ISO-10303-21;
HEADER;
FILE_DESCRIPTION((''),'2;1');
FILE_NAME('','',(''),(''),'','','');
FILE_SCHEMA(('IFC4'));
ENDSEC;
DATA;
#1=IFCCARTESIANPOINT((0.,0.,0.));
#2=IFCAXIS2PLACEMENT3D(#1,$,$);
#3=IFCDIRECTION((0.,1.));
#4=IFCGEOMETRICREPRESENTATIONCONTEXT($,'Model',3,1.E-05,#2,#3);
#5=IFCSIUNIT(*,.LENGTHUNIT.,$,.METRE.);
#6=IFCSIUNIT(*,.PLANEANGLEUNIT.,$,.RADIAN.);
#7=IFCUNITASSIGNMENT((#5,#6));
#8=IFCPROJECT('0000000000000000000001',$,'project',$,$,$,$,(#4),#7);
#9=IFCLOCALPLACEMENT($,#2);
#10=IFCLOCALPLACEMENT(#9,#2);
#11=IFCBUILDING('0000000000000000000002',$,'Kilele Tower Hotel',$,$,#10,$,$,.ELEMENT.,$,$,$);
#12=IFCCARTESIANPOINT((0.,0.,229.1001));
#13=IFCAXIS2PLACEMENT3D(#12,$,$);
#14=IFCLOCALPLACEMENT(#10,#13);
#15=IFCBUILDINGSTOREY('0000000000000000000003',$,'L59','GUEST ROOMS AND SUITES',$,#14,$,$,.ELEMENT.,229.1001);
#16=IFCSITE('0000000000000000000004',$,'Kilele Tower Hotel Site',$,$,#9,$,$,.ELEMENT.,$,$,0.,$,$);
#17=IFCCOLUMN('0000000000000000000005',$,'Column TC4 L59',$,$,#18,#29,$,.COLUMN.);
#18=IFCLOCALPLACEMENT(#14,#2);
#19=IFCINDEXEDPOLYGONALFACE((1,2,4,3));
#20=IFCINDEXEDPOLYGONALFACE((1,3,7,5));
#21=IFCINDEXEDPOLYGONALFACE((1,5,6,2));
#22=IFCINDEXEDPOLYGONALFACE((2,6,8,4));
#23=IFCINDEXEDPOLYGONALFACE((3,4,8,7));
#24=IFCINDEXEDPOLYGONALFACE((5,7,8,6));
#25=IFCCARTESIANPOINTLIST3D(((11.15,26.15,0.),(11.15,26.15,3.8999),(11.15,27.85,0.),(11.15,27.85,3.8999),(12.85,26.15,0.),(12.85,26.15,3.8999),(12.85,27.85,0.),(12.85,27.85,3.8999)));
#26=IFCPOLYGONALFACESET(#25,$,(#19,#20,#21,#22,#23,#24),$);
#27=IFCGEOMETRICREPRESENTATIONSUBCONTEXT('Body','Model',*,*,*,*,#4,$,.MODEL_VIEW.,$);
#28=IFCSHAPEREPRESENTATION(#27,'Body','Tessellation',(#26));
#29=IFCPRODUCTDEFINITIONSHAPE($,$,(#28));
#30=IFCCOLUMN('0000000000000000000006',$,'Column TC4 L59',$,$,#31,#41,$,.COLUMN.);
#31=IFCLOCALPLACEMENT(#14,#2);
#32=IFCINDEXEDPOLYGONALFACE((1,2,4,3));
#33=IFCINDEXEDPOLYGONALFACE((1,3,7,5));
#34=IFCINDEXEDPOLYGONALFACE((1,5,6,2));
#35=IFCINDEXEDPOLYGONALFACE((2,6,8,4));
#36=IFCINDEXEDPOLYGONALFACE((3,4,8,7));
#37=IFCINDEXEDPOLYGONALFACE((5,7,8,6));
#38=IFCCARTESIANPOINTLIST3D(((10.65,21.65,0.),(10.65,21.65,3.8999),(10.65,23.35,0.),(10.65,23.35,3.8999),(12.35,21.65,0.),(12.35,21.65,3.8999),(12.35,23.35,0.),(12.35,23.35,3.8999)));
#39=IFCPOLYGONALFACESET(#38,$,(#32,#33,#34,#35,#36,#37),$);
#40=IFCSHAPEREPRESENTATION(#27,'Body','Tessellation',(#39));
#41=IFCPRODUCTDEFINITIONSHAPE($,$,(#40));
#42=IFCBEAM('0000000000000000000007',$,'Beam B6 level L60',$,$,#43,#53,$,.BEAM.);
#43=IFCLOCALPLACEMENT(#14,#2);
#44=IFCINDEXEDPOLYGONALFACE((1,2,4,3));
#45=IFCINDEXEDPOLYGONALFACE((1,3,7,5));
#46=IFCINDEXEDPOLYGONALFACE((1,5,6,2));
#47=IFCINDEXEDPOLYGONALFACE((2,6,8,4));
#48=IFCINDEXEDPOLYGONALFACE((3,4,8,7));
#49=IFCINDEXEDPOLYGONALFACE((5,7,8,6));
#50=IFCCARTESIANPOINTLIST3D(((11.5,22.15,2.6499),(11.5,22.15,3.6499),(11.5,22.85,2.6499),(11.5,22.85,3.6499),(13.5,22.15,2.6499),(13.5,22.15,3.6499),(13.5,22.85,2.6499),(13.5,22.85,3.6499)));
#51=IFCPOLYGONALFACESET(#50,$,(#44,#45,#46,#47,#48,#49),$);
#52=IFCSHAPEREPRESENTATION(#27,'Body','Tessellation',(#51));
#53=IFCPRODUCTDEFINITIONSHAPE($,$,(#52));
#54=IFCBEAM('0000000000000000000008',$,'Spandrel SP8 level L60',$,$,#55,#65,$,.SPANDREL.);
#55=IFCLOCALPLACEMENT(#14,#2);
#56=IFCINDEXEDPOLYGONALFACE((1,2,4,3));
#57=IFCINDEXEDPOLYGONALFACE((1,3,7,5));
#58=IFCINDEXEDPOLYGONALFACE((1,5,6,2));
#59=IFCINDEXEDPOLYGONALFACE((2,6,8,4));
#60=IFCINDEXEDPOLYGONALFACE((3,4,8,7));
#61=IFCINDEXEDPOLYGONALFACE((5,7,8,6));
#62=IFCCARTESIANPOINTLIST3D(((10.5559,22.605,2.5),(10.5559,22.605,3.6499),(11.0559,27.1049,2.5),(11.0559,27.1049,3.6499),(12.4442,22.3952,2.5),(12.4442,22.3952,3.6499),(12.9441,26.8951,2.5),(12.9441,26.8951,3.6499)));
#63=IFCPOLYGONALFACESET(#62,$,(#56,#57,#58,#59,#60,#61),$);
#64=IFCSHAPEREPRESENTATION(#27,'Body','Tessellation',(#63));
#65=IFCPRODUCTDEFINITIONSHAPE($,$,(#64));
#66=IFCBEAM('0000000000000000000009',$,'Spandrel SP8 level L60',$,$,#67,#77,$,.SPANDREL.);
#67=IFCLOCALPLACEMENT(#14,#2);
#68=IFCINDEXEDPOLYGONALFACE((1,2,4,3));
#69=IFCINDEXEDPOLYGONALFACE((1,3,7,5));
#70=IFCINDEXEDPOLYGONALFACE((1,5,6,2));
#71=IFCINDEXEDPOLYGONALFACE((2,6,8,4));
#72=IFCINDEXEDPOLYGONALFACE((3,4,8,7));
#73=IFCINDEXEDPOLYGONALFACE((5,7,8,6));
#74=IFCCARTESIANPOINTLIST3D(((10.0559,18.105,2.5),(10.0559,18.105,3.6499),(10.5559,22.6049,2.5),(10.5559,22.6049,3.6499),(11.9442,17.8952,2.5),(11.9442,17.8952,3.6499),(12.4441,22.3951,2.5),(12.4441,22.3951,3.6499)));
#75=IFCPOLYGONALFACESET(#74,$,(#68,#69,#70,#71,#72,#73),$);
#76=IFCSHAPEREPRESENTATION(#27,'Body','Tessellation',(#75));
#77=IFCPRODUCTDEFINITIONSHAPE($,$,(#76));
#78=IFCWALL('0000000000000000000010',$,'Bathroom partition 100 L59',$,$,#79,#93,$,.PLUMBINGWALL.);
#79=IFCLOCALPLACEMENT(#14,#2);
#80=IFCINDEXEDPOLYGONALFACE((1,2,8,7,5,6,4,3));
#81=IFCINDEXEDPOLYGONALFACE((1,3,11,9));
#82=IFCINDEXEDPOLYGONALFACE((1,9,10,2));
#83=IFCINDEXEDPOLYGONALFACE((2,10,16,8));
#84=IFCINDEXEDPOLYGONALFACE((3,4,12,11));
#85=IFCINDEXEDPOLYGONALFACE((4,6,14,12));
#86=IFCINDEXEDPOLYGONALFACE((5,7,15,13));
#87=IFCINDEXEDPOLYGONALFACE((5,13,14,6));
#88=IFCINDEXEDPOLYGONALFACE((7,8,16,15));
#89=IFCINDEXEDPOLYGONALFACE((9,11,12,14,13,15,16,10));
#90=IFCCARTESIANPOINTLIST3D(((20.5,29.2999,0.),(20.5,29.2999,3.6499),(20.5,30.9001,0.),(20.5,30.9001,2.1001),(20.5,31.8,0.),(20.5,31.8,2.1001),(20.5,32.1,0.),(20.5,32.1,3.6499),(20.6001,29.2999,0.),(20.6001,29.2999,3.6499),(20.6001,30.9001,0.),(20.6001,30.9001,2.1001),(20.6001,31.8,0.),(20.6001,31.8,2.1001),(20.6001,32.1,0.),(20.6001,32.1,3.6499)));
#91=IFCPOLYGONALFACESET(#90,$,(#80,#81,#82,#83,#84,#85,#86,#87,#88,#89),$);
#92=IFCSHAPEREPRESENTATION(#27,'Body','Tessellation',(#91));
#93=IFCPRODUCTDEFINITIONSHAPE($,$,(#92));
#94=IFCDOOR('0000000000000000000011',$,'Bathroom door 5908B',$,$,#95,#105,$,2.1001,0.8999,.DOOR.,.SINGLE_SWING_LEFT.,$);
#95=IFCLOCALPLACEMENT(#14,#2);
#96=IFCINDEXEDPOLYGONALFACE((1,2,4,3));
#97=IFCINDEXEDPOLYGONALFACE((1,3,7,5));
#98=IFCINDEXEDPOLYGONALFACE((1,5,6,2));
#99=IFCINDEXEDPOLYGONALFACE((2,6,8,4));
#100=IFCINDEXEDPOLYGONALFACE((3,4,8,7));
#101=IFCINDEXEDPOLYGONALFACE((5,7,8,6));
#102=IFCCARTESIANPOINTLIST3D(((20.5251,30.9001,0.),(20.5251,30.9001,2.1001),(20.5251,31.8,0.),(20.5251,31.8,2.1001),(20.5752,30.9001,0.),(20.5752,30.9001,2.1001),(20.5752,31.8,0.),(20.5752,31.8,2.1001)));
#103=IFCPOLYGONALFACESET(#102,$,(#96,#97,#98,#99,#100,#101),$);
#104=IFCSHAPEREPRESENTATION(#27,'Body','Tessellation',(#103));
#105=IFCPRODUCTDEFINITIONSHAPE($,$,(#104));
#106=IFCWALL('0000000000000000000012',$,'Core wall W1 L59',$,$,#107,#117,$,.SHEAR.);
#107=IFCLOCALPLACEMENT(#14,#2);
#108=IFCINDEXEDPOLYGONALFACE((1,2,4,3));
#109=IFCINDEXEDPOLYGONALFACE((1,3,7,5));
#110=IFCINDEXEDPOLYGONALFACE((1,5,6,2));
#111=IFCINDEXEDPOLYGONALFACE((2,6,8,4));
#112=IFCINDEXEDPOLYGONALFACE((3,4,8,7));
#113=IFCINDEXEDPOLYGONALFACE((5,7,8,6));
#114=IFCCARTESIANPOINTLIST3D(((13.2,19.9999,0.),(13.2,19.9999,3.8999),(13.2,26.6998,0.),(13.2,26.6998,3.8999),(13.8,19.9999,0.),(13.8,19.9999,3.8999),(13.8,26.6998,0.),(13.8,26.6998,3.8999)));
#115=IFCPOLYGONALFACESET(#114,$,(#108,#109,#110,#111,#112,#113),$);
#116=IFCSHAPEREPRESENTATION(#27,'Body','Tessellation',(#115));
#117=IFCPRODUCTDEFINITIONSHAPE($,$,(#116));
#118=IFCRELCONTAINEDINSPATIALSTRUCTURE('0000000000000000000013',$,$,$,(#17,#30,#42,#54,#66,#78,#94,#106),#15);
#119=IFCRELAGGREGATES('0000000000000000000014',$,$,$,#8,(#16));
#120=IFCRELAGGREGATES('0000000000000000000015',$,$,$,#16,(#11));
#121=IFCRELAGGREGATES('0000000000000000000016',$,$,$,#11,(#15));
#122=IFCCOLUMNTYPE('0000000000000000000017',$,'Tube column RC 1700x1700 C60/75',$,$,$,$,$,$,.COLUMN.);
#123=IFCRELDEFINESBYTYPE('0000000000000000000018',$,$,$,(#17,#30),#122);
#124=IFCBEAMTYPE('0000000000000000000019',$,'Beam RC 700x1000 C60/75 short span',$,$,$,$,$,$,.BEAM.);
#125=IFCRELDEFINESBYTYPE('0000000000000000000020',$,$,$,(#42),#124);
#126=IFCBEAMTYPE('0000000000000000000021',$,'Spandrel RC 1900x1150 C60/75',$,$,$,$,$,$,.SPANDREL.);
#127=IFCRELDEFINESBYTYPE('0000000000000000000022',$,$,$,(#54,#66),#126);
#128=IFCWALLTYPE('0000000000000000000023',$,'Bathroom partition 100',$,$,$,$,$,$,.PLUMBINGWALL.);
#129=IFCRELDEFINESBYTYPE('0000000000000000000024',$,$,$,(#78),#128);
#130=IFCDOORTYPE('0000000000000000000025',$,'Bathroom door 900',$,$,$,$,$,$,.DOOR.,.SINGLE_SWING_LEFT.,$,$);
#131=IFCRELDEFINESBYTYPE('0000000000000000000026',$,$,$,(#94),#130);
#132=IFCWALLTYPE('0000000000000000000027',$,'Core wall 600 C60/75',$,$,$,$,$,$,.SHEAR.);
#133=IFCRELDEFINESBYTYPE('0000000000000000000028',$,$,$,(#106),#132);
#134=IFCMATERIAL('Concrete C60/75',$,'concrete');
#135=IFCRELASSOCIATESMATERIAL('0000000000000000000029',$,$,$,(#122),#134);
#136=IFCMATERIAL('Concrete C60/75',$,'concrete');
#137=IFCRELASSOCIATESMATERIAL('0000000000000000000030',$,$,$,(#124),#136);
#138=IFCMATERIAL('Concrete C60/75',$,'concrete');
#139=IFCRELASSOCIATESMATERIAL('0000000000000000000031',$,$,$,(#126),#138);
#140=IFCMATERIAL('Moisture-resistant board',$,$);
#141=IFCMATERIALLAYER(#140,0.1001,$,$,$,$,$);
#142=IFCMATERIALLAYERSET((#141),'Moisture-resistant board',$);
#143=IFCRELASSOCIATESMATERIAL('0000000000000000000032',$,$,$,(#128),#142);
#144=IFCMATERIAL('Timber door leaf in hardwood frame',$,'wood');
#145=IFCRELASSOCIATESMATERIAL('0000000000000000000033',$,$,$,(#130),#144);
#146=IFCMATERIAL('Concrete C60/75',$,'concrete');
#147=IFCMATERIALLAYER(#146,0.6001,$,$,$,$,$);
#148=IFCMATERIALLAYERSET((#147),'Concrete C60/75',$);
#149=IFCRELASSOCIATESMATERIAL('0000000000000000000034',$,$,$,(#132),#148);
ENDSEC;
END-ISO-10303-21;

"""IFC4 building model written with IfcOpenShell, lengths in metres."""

from ifc_helpers import new_model, si_unit, direction, frame, frame_2d, origin, origin_2d, place, context, subcontext, project, spatial, rectangle, extrude, material, layer, layer_set, material_profile, profile_set, type_object, element, fill, save


model = new_model("IFC4")

# Units and contexts
model_context = context("Model", 3, precision=1e-05, world=origin(), true_north=direction((0.0, 1.0)))
body_context = subcontext(model_context, "Body", "Model", "MODEL_VIEW")
ifc_project = project(units=[si_unit("LENGTHUNIT", "METRE"), si_unit("PLANEANGLEUNIT", "RADIAN")], contexts=[model_context])

# Site, building, storey
site_placement = place(None, origin())
site = spatial("IfcSite", under=ifc_project, at=site_placement, Name="Kilele Tower Hotel Site", CompositionType="ELEMENT", RefElevation=0.0)
building_placement = place(site_placement, origin())
building = spatial("IfcBuilding", under=site, at=building_placement, Name="Kilele Tower Hotel", CompositionType="ELEMENT")
storey_placement = place(building_placement, frame((0.0, 0.0, 229.1001)))
storey = spatial("IfcBuildingStorey", under=building, at=storey_placement, Name="L59", Description="GUEST ROOMS AND SUITES", CompositionType="ELEMENT", Elevation=229.1001)

# Columns
ifc_material_1 = material(Name="Concrete C60/75", Category="concrete")
ifc_material_profile_1 = material_profile(ifc_material_1, rectangle(XDim=1.7, YDim=1.7, at=origin_2d()))
ifc_profile_set_1 = profile_set([ifc_material_profile_1], Name="Concrete C60/75")
column_type = type_object("IfcColumnType", Name="Tube column RC 1700x1700 C60/75", PredefinedType="COLUMN", material=ifc_profile_set_1)
for number, where, z_axis, x_axis, name in (
    (1, (12.0, 27.0, 0.0), (0.0, 0.0, 1.0), (1.0, 0.0, 0.0), "Column TC4 L59"),
    (2, (11.5, 22.5, 0.0), (0.0, 0.0, 1.0), (1.0, 0.0, 0.0), "Column TC4 L59"),
):
    element("IfcColumn", number, at=place(storey_placement, frame(where, z_axis=z_axis, x_axis=x_axis)), inside=storey, type_object=column_type, Name=name, PredefinedType="COLUMN", context=body_context, shape_type="SweptSolid", body=[
        extrude(rectangle(XDim=1.7, YDim=1.7, at=origin_2d()), origin(), (0.0, 0.0, 1.0), 3.8999),
    ])

# Beams
ifc_material_2 = material(Name="Concrete C60/75", Category="concrete")
ifc_material_profile_2 = material_profile(ifc_material_2, rectangle(XDim=0.7, YDim=1.0, at=origin_2d()))
ifc_profile_set_2 = profile_set([ifc_material_profile_2], Name="Concrete C60/75")
beam_type_1 = type_object("IfcBeamType", Name="Beam RC 700x1000 C60/75 short span", PredefinedType="BEAM", material=ifc_profile_set_2)
beam_placement = place(storey_placement, frame((11.5, 22.5, 3.1499), z_axis=(1.0, 0.0, 0.0), x_axis=(0.0, 1.0, 0.0)))
element("IfcBeam", 3, at=beam_placement, inside=storey, type_object=beam_type_1, Name="Beam B6 level L60", PredefinedType="BEAM", context=body_context, shape_type="SweptSolid", body=[
    extrude(rectangle(XDim=0.7, YDim=1.0, at=origin_2d()), origin(), (0.0, 0.0, 1.0), 2.0),
])
ifc_material_3 = material(Name="Concrete C60/75", Category="concrete")
ifc_material_profile_3 = material_profile(ifc_material_3, rectangle(XDim=1.8999, YDim=1.1499, at=origin_2d()))
ifc_profile_set_3 = profile_set([ifc_material_profile_3], Name="Concrete C60/75")
beam_type_2 = type_object("IfcBeamType", Name="Spandrel RC 1900x1150 C60/75", PredefinedType="SPANDREL", material=ifc_profile_set_3)
for number, where, z_axis, x_axis, name in (
    (4, (12.0, 27.0, 3.075), (-0.110432, -0.993884, 0.0), (0.993884, -0.110432, 0.0), "Spandrel SP8 level L60"),
    (5, (11.5, 22.5, 3.075), (-0.110432, -0.993884, 0.0), (0.993884, -0.110432, 0.0), "Spandrel SP8 level L60"),
):
    element("IfcBeam", number, at=place(storey_placement, frame(where, z_axis=z_axis, x_axis=x_axis)), inside=storey, type_object=beam_type_2, Name=name, PredefinedType="SPANDREL", context=body_context, shape_type="SweptSolid", body=[
        extrude(rectangle(XDim=1.8999, YDim=1.1499, at=origin_2d()), origin(), (0.0, 0.0, 1.0), 4.5276),
    ])

# Wall, opening, door
ifc_material_4 = material(Name="Moisture-resistant board")
ifc_layer_1 = layer(ifc_material_4, 0.1001)
ifc_layer_set_1 = layer_set([ifc_layer_1], Name="Moisture-resistant board")
wall_type_1 = type_object("IfcWallType", Name="Bathroom partition 100", PredefinedType="PLUMBINGWALL", material=ifc_layer_set_1)
wall_1_placement = place(storey_placement, frame((20.55, 29.3, 0.0), z_axis=(0.0, 0.0, 1.0), x_axis=(0.0, 1.0, 0.0)))
wall_1 = element("IfcWall", 6, at=wall_1_placement, inside=storey, type_object=wall_type_1, Name="Bathroom partition 100 L59", PredefinedType="PLUMBINGWALL", context=body_context, shape_type="SweptSolid", body=[
    extrude(rectangle(XDim=2.8, YDim=0.1001, at=frame_2d((1.3999, 0.0))), origin(), (0.0, 0.0, 1.0), 3.6499),
])
opening_1_placement = place(wall_1_placement, frame((1.6001, 0.0, 0.0)))
opening_1 = element("IfcOpeningElement", 7, at=opening_1_placement, cuts=wall_1, PredefinedType="OPENING", context=body_context, shape_type="SweptSolid", body=[
    extrude(rectangle(XDim=0.8999, YDim=2.1001, at=frame_2d((0.45, 1.05))), frame((0.0, 0.0601, 0.0), z_axis=(0.0, -1.0, 0.0), x_axis=(1.0, 0.0, 0.0)), (0.0, 0.0, 1.0), 0.1201),
])
ifc_material_5 = material(Name="Timber door leaf in hardwood frame", Category="wood")
door_type_1 = type_object("IfcDoorType", Name="Bathroom door 900", OperationType="SINGLE_SWING_LEFT", PredefinedType="DOOR", material=ifc_material_5)
door_1_placement = place(opening_1_placement, origin())
door_1 = element("IfcDoor", 8, at=door_1_placement, inside=storey, type_object=door_type_1, Name="Bathroom door 5908B", OperationType="SINGLE_SWING_LEFT", OverallHeight=2.1001, OverallWidth=0.8999, PredefinedType="DOOR", context=body_context, shape_type="SweptSolid", body=[
    extrude(rectangle(XDim=0.8999, YDim=2.1001, at=frame_2d((0.45, 1.05))), frame((0.0, 0.0249, 0.0), z_axis=(0.0, -1.0, 0.0), x_axis=(1.0, 0.0, 0.0)), (0.0, 0.0, 1.0), 0.05),
])
fill(opening_1, door_1)

# Wall
ifc_material_6 = material(Name="Concrete C60/75", Category="concrete")
ifc_layer_2 = layer(ifc_material_6, 0.6001)
ifc_layer_set_2 = layer_set([ifc_layer_2], Name="Concrete C60/75")
wall_type_2 = type_object("IfcWallType", Name="Core wall 600 C60/75", PredefinedType="SHEAR", material=ifc_layer_set_2)
wall_2_placement = place(storey_placement, frame((13.5, 26.7, 0.0), z_axis=(0.0, 0.0, 1.0), x_axis=(0.0, -1.0, 0.0)))
element("IfcWall", 9, at=wall_2_placement, inside=storey, type_object=wall_type_2, Name="Core wall W1 L59", PredefinedType="SHEAR", context=body_context, shape_type="SweptSolid", body=[
    extrude(rectangle(XDim=6.7, YDim=0.6001, at=frame_2d((3.3501, 0.0))), origin(), (0.0, 0.0, 1.0), 3.8999),
])

save(model, "model.ifc")
